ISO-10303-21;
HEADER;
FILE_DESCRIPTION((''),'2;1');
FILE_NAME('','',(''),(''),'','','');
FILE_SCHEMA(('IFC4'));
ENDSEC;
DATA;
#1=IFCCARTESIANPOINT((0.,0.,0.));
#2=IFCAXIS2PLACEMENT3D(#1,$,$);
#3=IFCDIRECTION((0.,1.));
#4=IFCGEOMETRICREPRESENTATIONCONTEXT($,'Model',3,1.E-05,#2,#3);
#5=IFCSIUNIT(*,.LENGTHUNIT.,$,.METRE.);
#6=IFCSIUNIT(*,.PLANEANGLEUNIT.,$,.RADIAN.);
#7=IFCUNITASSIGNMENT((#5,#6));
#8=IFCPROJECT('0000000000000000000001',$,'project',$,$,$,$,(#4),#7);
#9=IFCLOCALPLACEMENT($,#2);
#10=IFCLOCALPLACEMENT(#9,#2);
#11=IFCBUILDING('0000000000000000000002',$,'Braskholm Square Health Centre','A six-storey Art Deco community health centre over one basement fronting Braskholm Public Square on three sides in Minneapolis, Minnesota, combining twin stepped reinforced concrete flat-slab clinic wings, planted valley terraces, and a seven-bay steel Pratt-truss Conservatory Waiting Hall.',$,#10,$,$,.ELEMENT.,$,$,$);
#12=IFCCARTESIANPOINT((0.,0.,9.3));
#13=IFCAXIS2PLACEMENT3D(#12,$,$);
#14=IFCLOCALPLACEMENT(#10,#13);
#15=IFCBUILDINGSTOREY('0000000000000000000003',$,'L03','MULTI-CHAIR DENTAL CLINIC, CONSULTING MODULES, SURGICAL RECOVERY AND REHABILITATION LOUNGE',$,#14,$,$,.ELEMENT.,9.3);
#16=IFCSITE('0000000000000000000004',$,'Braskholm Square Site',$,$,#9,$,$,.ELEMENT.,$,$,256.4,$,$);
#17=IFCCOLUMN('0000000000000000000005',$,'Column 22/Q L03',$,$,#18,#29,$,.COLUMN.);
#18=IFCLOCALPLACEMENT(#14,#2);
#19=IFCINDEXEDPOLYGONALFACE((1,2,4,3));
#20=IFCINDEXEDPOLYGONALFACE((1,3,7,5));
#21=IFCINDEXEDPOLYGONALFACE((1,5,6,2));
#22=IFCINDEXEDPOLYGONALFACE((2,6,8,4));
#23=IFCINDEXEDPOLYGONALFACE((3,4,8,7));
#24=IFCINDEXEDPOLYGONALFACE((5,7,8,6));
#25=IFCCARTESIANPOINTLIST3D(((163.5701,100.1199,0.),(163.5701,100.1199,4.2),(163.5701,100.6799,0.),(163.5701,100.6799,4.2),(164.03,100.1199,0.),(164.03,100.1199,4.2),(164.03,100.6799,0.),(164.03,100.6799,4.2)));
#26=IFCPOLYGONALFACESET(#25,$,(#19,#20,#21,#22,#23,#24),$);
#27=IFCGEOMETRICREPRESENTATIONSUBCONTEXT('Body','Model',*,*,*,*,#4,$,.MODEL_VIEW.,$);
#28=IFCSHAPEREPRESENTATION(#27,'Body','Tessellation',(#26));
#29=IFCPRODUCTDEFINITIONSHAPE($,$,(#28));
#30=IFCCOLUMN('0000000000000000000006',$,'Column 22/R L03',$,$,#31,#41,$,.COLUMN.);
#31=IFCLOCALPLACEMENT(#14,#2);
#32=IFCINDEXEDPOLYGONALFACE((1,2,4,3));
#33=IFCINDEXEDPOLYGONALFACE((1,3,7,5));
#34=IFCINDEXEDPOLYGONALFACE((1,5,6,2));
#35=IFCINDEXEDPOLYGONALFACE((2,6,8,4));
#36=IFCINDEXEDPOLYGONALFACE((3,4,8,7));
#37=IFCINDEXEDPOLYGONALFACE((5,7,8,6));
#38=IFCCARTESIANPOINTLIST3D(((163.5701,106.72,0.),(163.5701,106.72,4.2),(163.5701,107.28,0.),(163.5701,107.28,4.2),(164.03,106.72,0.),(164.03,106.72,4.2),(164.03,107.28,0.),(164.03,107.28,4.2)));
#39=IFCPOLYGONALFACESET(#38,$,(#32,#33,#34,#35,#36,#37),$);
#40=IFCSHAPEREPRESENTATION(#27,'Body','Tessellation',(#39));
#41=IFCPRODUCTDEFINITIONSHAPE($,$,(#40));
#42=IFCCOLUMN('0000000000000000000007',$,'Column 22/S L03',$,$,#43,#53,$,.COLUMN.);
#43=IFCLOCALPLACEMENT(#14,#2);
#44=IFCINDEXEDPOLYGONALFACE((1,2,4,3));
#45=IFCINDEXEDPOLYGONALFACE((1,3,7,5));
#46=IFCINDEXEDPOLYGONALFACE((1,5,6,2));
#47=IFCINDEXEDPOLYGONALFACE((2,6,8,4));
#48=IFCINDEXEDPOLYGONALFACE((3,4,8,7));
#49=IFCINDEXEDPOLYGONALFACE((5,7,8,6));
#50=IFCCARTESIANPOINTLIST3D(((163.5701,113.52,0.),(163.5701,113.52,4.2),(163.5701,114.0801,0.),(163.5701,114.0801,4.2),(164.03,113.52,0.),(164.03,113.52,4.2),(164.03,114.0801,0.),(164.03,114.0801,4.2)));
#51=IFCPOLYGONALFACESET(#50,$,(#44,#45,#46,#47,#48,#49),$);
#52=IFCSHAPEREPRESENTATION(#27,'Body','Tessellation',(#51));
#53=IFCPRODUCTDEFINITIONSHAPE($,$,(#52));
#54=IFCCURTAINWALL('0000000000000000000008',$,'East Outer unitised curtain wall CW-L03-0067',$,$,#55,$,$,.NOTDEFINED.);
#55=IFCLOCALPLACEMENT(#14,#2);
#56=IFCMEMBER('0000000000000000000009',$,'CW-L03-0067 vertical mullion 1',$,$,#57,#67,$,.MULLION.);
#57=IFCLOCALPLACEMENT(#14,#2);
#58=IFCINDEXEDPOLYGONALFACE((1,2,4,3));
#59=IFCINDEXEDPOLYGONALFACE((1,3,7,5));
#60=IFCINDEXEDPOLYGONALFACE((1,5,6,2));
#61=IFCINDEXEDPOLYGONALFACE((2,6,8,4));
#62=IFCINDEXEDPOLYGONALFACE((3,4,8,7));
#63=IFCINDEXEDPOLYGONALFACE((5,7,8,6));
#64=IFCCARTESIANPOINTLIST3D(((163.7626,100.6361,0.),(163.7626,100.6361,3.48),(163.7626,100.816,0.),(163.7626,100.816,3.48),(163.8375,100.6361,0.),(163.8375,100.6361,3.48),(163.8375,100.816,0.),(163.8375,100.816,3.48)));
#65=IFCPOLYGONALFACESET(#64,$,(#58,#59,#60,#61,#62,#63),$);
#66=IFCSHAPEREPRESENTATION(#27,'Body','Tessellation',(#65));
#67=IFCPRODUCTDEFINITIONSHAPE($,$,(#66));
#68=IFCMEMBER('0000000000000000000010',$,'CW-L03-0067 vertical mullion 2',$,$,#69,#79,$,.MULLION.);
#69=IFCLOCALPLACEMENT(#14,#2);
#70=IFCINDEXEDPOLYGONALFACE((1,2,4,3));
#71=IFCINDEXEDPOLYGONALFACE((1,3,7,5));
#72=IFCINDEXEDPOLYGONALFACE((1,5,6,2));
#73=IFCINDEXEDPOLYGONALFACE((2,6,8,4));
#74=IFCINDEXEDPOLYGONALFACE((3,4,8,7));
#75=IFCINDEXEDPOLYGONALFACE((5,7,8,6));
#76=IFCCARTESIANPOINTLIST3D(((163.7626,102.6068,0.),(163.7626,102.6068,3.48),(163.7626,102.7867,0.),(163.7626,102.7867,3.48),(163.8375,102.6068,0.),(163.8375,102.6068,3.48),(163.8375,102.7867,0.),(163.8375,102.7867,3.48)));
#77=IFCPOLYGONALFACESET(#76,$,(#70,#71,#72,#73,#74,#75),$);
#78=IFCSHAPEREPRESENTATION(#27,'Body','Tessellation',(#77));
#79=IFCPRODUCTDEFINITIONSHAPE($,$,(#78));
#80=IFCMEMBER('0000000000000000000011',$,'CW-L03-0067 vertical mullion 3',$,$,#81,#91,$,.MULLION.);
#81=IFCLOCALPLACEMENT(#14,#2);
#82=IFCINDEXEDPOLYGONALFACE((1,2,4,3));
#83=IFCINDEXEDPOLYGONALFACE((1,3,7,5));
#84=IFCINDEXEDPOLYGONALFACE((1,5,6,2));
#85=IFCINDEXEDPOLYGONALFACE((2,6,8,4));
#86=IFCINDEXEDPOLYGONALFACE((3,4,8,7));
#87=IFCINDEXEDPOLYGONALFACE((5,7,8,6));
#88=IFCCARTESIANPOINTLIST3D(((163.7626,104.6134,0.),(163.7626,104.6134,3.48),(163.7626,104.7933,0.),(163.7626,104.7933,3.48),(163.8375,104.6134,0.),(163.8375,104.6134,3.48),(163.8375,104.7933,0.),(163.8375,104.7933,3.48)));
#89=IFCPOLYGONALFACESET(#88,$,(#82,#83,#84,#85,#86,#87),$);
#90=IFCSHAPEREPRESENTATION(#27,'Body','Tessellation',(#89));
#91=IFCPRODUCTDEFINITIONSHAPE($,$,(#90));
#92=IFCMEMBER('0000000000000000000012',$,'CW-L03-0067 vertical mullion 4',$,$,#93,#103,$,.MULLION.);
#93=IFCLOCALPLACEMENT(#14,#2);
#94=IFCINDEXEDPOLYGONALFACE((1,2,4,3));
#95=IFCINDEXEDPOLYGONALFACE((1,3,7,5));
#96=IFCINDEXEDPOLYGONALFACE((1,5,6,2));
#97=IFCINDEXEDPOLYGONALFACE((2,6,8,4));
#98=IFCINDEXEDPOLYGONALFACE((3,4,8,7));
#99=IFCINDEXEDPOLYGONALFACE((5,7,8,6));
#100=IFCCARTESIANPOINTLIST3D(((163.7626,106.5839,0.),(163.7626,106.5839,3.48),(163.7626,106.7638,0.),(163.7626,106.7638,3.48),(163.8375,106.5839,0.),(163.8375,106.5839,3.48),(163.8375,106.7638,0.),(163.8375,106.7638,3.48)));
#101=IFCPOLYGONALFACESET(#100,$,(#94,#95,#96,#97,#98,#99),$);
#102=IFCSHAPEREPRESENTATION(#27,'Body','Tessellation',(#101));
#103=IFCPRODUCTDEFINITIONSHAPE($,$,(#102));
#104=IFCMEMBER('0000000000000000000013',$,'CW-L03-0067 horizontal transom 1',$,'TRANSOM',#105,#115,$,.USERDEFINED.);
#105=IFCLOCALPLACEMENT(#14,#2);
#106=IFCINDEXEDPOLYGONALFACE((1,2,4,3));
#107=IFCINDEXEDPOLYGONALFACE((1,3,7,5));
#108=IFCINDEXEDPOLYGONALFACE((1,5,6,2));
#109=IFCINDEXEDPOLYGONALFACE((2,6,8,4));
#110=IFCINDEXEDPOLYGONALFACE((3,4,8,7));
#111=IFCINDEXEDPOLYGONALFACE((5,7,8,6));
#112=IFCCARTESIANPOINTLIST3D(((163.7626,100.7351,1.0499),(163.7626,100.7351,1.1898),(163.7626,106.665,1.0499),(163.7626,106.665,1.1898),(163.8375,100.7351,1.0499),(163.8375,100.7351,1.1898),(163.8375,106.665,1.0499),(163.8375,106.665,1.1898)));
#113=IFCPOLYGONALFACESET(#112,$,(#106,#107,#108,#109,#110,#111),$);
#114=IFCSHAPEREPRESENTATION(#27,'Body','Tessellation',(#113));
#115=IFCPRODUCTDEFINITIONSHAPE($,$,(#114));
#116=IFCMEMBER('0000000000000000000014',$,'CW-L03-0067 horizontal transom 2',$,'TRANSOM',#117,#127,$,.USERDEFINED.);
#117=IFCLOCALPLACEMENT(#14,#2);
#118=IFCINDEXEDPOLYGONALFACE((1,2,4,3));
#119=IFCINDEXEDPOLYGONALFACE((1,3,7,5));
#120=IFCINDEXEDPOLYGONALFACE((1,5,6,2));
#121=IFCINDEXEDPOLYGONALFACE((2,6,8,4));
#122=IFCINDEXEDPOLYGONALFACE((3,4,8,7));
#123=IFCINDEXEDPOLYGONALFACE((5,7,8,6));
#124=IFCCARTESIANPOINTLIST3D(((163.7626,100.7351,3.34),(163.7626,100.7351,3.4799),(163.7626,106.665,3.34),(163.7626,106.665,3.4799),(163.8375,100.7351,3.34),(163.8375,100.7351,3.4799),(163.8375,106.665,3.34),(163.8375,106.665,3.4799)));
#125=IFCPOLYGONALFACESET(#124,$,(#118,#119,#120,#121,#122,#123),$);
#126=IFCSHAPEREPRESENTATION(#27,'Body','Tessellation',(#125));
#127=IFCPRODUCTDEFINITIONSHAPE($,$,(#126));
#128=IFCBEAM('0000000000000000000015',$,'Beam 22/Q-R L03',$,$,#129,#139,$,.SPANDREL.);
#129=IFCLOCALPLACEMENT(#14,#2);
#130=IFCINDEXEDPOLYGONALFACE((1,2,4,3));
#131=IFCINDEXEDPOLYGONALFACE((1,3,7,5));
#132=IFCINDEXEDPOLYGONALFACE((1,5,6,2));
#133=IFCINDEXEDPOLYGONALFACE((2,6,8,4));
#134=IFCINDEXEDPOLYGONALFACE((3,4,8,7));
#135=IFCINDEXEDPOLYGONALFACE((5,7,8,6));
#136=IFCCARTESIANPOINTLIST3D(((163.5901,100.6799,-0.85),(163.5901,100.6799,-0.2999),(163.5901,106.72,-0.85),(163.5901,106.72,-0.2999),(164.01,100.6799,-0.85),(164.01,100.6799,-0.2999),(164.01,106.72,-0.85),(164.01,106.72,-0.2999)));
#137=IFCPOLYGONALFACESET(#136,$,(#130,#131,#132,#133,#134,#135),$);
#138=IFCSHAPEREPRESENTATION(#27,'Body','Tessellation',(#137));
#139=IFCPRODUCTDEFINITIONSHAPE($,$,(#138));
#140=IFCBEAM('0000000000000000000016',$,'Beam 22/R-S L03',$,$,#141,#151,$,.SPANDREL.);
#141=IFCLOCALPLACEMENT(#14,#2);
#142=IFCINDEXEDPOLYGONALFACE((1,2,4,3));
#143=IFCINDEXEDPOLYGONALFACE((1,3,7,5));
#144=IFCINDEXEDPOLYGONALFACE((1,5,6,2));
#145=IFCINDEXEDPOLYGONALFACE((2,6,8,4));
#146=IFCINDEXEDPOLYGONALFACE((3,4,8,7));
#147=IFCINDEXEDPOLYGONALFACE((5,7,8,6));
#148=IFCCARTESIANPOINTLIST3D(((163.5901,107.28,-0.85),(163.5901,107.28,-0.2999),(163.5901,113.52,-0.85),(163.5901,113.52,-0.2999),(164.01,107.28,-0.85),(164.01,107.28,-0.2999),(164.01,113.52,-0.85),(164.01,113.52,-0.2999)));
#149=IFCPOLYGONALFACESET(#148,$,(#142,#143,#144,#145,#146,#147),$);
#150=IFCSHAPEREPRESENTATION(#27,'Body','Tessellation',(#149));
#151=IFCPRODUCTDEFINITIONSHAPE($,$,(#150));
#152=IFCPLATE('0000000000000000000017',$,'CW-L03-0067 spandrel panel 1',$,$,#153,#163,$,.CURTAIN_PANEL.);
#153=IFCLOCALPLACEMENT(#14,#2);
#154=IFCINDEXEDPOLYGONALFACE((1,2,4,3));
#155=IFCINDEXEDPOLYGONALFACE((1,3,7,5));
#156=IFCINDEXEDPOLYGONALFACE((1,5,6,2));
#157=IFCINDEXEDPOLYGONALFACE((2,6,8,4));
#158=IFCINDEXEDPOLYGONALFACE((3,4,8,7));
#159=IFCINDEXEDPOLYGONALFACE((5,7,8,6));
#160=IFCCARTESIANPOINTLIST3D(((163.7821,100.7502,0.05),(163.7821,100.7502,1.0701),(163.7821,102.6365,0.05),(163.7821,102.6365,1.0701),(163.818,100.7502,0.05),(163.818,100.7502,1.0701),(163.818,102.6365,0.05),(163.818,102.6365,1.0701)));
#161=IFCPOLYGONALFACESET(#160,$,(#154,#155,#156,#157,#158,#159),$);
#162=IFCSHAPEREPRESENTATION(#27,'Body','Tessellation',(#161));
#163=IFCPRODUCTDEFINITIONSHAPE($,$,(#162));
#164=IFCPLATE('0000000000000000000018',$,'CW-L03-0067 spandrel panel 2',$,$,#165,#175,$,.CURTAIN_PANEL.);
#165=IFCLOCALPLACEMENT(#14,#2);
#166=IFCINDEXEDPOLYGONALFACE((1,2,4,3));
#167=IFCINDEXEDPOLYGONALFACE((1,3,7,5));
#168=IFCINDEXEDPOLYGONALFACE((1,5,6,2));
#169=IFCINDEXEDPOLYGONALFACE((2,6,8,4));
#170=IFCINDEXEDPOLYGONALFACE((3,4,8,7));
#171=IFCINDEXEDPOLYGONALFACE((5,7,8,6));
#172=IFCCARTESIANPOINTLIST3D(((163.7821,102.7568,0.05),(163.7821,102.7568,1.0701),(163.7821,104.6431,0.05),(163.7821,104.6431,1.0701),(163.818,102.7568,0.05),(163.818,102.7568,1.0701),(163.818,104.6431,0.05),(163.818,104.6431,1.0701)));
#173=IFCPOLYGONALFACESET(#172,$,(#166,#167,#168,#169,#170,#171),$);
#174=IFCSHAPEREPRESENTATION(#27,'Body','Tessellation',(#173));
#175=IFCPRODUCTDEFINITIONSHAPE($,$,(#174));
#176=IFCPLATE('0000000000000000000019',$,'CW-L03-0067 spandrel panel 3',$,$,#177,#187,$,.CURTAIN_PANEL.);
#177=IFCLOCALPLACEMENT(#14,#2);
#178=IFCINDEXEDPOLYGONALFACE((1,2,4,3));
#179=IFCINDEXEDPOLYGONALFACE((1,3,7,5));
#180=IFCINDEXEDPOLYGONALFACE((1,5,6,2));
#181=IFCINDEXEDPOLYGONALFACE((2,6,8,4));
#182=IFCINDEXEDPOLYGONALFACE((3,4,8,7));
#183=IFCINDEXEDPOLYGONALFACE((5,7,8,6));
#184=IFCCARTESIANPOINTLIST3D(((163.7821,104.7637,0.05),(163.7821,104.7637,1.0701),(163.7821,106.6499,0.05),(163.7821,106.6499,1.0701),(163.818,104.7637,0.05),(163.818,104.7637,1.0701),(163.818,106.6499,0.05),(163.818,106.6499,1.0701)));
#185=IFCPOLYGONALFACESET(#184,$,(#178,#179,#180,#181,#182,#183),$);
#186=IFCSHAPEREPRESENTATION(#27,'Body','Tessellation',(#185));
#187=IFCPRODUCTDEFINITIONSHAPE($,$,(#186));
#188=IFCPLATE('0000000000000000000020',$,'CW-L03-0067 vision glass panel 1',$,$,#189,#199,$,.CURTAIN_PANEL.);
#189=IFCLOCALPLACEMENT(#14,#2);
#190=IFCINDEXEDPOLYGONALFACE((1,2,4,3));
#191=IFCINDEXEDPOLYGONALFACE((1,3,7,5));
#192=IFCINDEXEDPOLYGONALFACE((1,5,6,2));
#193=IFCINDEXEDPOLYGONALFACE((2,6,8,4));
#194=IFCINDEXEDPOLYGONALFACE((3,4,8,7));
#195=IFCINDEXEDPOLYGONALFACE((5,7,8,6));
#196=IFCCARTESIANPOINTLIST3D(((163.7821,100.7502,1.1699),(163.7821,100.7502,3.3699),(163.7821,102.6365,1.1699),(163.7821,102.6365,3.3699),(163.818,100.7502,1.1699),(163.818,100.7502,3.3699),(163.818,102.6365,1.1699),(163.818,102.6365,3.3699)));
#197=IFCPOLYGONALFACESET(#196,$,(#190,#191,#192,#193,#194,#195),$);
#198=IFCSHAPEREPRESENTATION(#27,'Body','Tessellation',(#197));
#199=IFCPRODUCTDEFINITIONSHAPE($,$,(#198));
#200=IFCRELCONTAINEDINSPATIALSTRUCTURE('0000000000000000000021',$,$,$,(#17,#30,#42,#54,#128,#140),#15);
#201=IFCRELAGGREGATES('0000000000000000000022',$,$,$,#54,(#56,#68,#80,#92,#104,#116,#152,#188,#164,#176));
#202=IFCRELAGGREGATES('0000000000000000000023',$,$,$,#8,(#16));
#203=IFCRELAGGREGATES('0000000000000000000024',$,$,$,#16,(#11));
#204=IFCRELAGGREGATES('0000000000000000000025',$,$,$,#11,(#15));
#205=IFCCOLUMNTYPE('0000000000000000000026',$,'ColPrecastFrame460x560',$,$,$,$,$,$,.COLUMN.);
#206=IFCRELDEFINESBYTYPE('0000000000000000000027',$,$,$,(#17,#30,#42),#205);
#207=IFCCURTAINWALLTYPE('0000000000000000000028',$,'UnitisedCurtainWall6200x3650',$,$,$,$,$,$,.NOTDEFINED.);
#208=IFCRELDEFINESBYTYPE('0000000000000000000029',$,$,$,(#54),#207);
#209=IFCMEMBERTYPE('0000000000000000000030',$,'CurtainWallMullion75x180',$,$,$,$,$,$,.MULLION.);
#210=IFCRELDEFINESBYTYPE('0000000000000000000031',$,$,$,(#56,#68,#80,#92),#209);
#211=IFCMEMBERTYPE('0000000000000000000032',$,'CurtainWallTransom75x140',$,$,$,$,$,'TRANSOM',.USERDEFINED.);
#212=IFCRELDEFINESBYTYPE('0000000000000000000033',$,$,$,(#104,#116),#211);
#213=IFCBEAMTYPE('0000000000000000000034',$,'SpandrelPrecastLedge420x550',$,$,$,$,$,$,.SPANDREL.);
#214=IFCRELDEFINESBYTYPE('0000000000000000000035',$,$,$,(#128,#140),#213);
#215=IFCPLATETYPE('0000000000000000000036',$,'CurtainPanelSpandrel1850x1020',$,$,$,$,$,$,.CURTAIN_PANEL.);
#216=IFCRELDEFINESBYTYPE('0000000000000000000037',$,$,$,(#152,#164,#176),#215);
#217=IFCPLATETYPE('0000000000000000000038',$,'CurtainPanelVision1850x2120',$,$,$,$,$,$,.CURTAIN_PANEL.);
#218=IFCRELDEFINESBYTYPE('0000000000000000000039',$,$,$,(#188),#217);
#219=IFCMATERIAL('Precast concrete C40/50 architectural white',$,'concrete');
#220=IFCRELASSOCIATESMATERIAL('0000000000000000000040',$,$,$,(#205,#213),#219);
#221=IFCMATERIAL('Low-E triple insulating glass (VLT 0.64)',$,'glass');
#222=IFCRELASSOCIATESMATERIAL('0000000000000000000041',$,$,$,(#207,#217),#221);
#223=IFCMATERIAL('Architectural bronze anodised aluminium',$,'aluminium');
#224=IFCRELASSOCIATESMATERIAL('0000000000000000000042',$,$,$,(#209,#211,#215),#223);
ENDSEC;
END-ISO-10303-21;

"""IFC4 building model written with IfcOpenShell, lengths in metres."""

from ifc_helpers import new_model, si_unit, direction, frame, origin, origin_2d, place, context, subcontext, project, spatial, rectangle, extrude, material, material_profile, profile_set, type_object, element, aggregate, save


model = new_model("IFC4")

# Units and contexts
model_context = context("Model", 3, precision=1e-05, world=origin(), true_north=direction((0.0, 1.0)))
body_context = subcontext(model_context, "Body", "Model", "MODEL_VIEW")
ifc_project = project(units=[si_unit("LENGTHUNIT", "METRE"), si_unit("PLANEANGLEUNIT", "RADIAN")], contexts=[model_context])

# Site, building, storey
site_placement = place(None, origin())
site = spatial("IfcSite", under=ifc_project, at=site_placement, Name="Braskholm Square Site", CompositionType="ELEMENT", RefElevation=256.4)
building_placement = place(site_placement, origin())
building = spatial("IfcBuilding", under=site, at=building_placement, Name="Braskholm Square Health Centre", Description="A six-storey Art Deco community health centre over one basement fronting Braskholm Public Square on three sides in Minneapolis, Minnesota, combining twin stepped reinforced concrete flat-slab clinic wings, planted valley terraces, and a seven-bay steel Pratt-truss Conservatory Waiting Hall.", CompositionType="ELEMENT")
storey_placement = place(building_placement, frame((0.0, 0.0, 9.3)))
storey = spatial("IfcBuildingStorey", under=building, at=storey_placement, Name="L03", Description="MULTI-CHAIR DENTAL CLINIC, CONSULTING MODULES, SURGICAL RECOVERY AND REHABILITATION LOUNGE", CompositionType="ELEMENT", Elevation=9.3)

# Columns
ifc_material_1 = material(Name="Precast concrete C40/50 architectural white", Category="concrete")
ifc_material_profile_1 = material_profile(ifc_material_1, rectangle(XDim=0.46, YDim=0.5601, at=origin_2d()), Name="RC-460X560")
ifc_profile_set_1 = profile_set([ifc_material_profile_1], Name="Precast concrete C40/50 architectural white")
column_type = type_object("IfcColumnType", Name="ColPrecastFrame460x560", PredefinedType="COLUMN", material=ifc_profile_set_1)
for number, where, z_axis, x_axis, name in (
    (1, (163.8, 100.3999, 0.0), (0.0, 0.0, 1.0), (1.0, 0.0, 0.0), "Column 22/Q L03"),
    (2, (163.8, 107.0, 0.0), (0.0, 0.0, 1.0), (1.0, 0.0, 0.0), "Column 22/R L03"),
    (3, (163.8, 113.8, 0.0), (0.0, 0.0, 1.0), (1.0, 0.0, 0.0), "Column 22/S L03"),
):
    element("IfcColumn", number, at=place(storey_placement, frame(where, z_axis=z_axis, x_axis=x_axis)), inside=storey, type_object=column_type, Name=name, PredefinedType="COLUMN", context=body_context, shape_type="SweptSolid", body=[
        extrude(rectangle(XDim=0.46, YDim=0.5601, at=origin_2d()), origin(), (0.0, 0.0, 1.0), 4.2),
    ])

# Curtain wall, members
ifc_material_2 = material(Name="Low-E triple insulating glass (VLT 0.64)", Category="glass")
curtain_wall_type = type_object("IfcCurtainWallType", Name="UnitisedCurtainWall6200x3650", PredefinedType="NOTDEFINED", material=ifc_material_2)
curtain_wall_placement = place(storey_placement, origin())
curtain_wall = element("IfcCurtainWall", 4, at=curtain_wall_placement, inside=storey, type_object=curtain_wall_type, Name="East Outer unitised curtain wall CW-L03-0067", PredefinedType="NOTDEFINED")
ifc_material_3 = material(Name="Architectural bronze anodised aluminium", Category="aluminium")
ifc_material_profile_2 = material_profile(ifc_material_3, rectangle(XDim=0.075, YDim=0.1799, at=origin_2d()), Name="ALU-75X180")
ifc_profile_set_2 = profile_set([ifc_material_profile_2], Name="Architectural bronze anodised aluminium")
member_type_1 = type_object("IfcMemberType", Name="CurtainWallMullion75x180", PredefinedType="MULLION", material=ifc_profile_set_2)
member_1_placement = place(storey_placement, frame((163.8, 100.7261, 0.0), z_axis=(0.0, 0.0, 1.0), x_axis=(1.0, 0.0, 0.0)))
member_1 = element("IfcMember", 5, at=member_1_placement, type_object=member_type_1, Name="CW-L03-0067 vertical mullion 1", PredefinedType="MULLION", context=body_context, shape_type="SweptSolid", body=[
    extrude(rectangle(XDim=0.075, YDim=0.1799, at=origin_2d()), origin(), (0.0, 0.0, 1.0), 3.48),
])
member_2_placement = place(storey_placement, frame((163.8, 102.6968, 0.0), z_axis=(0.0, 0.0, 1.0), x_axis=(1.0, 0.0, 0.0)))
member_2 = element("IfcMember", 6, at=member_2_placement, type_object=member_type_1, Name="CW-L03-0067 vertical mullion 2", PredefinedType="MULLION", context=body_context, shape_type="SweptSolid", body=[
    extrude(rectangle(XDim=0.075, YDim=0.1799, at=origin_2d()), origin(), (0.0, 0.0, 1.0), 3.48),
])
member_3_placement = place(storey_placement, frame((163.8, 104.7034, 0.0), z_axis=(0.0, 0.0, 1.0), x_axis=(1.0, 0.0, 0.0)))
member_3 = element("IfcMember", 7, at=member_3_placement, type_object=member_type_1, Name="CW-L03-0067 vertical mullion 3", PredefinedType="MULLION", context=body_context, shape_type="SweptSolid", body=[
    extrude(rectangle(XDim=0.075, YDim=0.1799, at=origin_2d()), origin(), (0.0, 0.0, 1.0), 3.48),
])
member_4_placement = place(storey_placement, frame((163.8, 106.6738, 0.0), z_axis=(0.0, 0.0, 1.0), x_axis=(1.0, 0.0, 0.0)))
member_4 = element("IfcMember", 8, at=member_4_placement, type_object=member_type_1, Name="CW-L03-0067 vertical mullion 4", PredefinedType="MULLION", context=body_context, shape_type="SweptSolid", body=[
    extrude(rectangle(XDim=0.075, YDim=0.1799, at=origin_2d()), origin(), (0.0, 0.0, 1.0), 3.48),
])
ifc_material_profile_3 = material_profile(ifc_material_3, rectangle(XDim=0.075, YDim=0.1399, at=origin_2d()), Name="ALU-75X140")
ifc_profile_set_3 = profile_set([ifc_material_profile_3], Name="Architectural bronze anodised aluminium")
member_type_2 = type_object("IfcMemberType", Name="CurtainWallTransom75x140", ElementType="TRANSOM", PredefinedType="USERDEFINED", material=ifc_profile_set_3)
member_5_placement = place(storey_placement, frame((163.8, 100.7351, 1.1199), z_axis=(0.0, 1.0, 0.0), x_axis=(-1.0, 0.0, 0.0)))
member_5 = element("IfcMember", 9, at=member_5_placement, type_object=member_type_2, Name="CW-L03-0067 horizontal transom 1", ObjectType="TRANSOM", PredefinedType="USERDEFINED", context=body_context, shape_type="SweptSolid", body=[
    extrude(rectangle(XDim=0.075, YDim=0.1399, at=origin_2d()), origin(), (0.0, 0.0, 1.0), 5.9299),
])
member_6_placement = place(storey_placement, frame((163.8, 100.7351, 3.4099), z_axis=(0.0, 1.0, 0.0), x_axis=(-1.0, 0.0, 0.0)))
member_6 = element("IfcMember", 10, at=member_6_placement, type_object=member_type_2, Name="CW-L03-0067 horizontal transom 2", ObjectType="TRANSOM", PredefinedType="USERDEFINED", context=body_context, shape_type="SweptSolid", body=[
    extrude(rectangle(XDim=0.075, YDim=0.1399, at=origin_2d()), origin(), (0.0, 0.0, 1.0), 5.9299),
])

# Beams
ifc_material_profile_4 = material_profile(ifc_material_1, rectangle(XDim=0.4199, YDim=0.55, at=origin_2d()), Name="RCB-420X550")
ifc_profile_set_4 = profile_set([ifc_material_profile_4], Name="Precast concrete C40/50 architectural white")
beam_type = type_object("IfcBeamType", Name="SpandrelPrecastLedge420x550", PredefinedType="SPANDREL", material=ifc_profile_set_4)
beam_1_placement = place(storey_placement, frame((163.8, 100.6799, -0.575), z_axis=(0.0, 1.0, 0.0), x_axis=(-1.0, 0.0, 0.0)))
element("IfcBeam", 11, at=beam_1_placement, inside=storey, type_object=beam_type, Name="Beam 22/Q-R L03", PredefinedType="SPANDREL", context=body_context, shape_type="SweptSolid", body=[
    extrude(rectangle(XDim=0.4199, YDim=0.55, at=origin_2d()), origin(), (0.0, 0.0, 1.0), 6.04),
])
beam_2_placement = place(storey_placement, frame((163.8, 107.28, -0.575), z_axis=(0.0, 1.0, 0.0), x_axis=(-1.0, 0.0, 0.0)))
element("IfcBeam", 12, at=beam_2_placement, inside=storey, type_object=beam_type, Name="Beam 22/R-S L03", PredefinedType="SPANDREL", context=body_context, shape_type="SweptSolid", body=[
    extrude(rectangle(XDim=0.4199, YDim=0.55, at=origin_2d()), origin(), (0.0, 0.0, 1.0), 6.24),
])

# Plates
plate_type_1 = type_object("IfcPlateType", Name="CurtainPanelSpandrel1850x1020", PredefinedType="CURTAIN_PANEL", material=ifc_material_3)
plate_1_placement = place(storey_placement, frame((163.8, 101.6934, 0.05), z_axis=(0.0, 0.0, 1.0), x_axis=(0.0, 1.0, 0.0)))
plate_1 = element("IfcPlate", 13, at=plate_1_placement, type_object=plate_type_1, Name="CW-L03-0067 spandrel panel 1", PredefinedType="CURTAIN_PANEL", context=body_context, shape_type="SweptSolid", body=[
    extrude(rectangle(XDim=1.8862, YDim=0.0359, at=origin_2d()), origin(), (0.0, 0.0, 1.0), 1.02),
])
plate_2_placement = place(storey_placement, frame((163.8, 103.7, 0.05), z_axis=(0.0, 0.0, 1.0), x_axis=(0.0, 1.0, 0.0)))
plate_2 = element("IfcPlate", 14, at=plate_2_placement, type_object=plate_type_1, Name="CW-L03-0067 spandrel panel 2", PredefinedType="CURTAIN_PANEL", context=body_context, shape_type="SweptSolid", body=[
    extrude(rectangle(XDim=1.8862, YDim=0.0359, at=origin_2d()), origin(), (0.0, 0.0, 1.0), 1.02),
])
plate_3_placement = place(storey_placement, frame((163.8, 105.7068, 0.05), z_axis=(0.0, 0.0, 1.0), x_axis=(0.0, 1.0, 0.0)))
plate_3 = element("IfcPlate", 15, at=plate_3_placement, type_object=plate_type_1, Name="CW-L03-0067 spandrel panel 3", PredefinedType="CURTAIN_PANEL", context=body_context, shape_type="SweptSolid", body=[
    extrude(rectangle(XDim=1.8862, YDim=0.0359, at=origin_2d()), origin(), (0.0, 0.0, 1.0), 1.02),
])
plate_type_2 = type_object("IfcPlateType", Name="CurtainPanelVision1850x2120", PredefinedType="CURTAIN_PANEL", material=ifc_material_2)
plate_4_placement = place(storey_placement, frame((163.8, 101.6934, 1.1699), z_axis=(0.0, 0.0, 1.0), x_axis=(0.0, 1.0, 0.0)))
plate_4 = element("IfcPlate", 16, at=plate_4_placement, type_object=plate_type_2, Name="CW-L03-0067 vision glass panel 1", PredefinedType="CURTAIN_PANEL", context=body_context, shape_type="SweptSolid", body=[
    extrude(rectangle(XDim=1.8862, YDim=0.0359, at=origin_2d()), origin(), (0.0, 0.0, 1.0), 2.2),
])
aggregate(curtain_wall, [member_1, member_2, member_3, member_4, member_5, member_6, plate_1, plate_4, plate_2, plate_3])

save(model, "model.ifc")
